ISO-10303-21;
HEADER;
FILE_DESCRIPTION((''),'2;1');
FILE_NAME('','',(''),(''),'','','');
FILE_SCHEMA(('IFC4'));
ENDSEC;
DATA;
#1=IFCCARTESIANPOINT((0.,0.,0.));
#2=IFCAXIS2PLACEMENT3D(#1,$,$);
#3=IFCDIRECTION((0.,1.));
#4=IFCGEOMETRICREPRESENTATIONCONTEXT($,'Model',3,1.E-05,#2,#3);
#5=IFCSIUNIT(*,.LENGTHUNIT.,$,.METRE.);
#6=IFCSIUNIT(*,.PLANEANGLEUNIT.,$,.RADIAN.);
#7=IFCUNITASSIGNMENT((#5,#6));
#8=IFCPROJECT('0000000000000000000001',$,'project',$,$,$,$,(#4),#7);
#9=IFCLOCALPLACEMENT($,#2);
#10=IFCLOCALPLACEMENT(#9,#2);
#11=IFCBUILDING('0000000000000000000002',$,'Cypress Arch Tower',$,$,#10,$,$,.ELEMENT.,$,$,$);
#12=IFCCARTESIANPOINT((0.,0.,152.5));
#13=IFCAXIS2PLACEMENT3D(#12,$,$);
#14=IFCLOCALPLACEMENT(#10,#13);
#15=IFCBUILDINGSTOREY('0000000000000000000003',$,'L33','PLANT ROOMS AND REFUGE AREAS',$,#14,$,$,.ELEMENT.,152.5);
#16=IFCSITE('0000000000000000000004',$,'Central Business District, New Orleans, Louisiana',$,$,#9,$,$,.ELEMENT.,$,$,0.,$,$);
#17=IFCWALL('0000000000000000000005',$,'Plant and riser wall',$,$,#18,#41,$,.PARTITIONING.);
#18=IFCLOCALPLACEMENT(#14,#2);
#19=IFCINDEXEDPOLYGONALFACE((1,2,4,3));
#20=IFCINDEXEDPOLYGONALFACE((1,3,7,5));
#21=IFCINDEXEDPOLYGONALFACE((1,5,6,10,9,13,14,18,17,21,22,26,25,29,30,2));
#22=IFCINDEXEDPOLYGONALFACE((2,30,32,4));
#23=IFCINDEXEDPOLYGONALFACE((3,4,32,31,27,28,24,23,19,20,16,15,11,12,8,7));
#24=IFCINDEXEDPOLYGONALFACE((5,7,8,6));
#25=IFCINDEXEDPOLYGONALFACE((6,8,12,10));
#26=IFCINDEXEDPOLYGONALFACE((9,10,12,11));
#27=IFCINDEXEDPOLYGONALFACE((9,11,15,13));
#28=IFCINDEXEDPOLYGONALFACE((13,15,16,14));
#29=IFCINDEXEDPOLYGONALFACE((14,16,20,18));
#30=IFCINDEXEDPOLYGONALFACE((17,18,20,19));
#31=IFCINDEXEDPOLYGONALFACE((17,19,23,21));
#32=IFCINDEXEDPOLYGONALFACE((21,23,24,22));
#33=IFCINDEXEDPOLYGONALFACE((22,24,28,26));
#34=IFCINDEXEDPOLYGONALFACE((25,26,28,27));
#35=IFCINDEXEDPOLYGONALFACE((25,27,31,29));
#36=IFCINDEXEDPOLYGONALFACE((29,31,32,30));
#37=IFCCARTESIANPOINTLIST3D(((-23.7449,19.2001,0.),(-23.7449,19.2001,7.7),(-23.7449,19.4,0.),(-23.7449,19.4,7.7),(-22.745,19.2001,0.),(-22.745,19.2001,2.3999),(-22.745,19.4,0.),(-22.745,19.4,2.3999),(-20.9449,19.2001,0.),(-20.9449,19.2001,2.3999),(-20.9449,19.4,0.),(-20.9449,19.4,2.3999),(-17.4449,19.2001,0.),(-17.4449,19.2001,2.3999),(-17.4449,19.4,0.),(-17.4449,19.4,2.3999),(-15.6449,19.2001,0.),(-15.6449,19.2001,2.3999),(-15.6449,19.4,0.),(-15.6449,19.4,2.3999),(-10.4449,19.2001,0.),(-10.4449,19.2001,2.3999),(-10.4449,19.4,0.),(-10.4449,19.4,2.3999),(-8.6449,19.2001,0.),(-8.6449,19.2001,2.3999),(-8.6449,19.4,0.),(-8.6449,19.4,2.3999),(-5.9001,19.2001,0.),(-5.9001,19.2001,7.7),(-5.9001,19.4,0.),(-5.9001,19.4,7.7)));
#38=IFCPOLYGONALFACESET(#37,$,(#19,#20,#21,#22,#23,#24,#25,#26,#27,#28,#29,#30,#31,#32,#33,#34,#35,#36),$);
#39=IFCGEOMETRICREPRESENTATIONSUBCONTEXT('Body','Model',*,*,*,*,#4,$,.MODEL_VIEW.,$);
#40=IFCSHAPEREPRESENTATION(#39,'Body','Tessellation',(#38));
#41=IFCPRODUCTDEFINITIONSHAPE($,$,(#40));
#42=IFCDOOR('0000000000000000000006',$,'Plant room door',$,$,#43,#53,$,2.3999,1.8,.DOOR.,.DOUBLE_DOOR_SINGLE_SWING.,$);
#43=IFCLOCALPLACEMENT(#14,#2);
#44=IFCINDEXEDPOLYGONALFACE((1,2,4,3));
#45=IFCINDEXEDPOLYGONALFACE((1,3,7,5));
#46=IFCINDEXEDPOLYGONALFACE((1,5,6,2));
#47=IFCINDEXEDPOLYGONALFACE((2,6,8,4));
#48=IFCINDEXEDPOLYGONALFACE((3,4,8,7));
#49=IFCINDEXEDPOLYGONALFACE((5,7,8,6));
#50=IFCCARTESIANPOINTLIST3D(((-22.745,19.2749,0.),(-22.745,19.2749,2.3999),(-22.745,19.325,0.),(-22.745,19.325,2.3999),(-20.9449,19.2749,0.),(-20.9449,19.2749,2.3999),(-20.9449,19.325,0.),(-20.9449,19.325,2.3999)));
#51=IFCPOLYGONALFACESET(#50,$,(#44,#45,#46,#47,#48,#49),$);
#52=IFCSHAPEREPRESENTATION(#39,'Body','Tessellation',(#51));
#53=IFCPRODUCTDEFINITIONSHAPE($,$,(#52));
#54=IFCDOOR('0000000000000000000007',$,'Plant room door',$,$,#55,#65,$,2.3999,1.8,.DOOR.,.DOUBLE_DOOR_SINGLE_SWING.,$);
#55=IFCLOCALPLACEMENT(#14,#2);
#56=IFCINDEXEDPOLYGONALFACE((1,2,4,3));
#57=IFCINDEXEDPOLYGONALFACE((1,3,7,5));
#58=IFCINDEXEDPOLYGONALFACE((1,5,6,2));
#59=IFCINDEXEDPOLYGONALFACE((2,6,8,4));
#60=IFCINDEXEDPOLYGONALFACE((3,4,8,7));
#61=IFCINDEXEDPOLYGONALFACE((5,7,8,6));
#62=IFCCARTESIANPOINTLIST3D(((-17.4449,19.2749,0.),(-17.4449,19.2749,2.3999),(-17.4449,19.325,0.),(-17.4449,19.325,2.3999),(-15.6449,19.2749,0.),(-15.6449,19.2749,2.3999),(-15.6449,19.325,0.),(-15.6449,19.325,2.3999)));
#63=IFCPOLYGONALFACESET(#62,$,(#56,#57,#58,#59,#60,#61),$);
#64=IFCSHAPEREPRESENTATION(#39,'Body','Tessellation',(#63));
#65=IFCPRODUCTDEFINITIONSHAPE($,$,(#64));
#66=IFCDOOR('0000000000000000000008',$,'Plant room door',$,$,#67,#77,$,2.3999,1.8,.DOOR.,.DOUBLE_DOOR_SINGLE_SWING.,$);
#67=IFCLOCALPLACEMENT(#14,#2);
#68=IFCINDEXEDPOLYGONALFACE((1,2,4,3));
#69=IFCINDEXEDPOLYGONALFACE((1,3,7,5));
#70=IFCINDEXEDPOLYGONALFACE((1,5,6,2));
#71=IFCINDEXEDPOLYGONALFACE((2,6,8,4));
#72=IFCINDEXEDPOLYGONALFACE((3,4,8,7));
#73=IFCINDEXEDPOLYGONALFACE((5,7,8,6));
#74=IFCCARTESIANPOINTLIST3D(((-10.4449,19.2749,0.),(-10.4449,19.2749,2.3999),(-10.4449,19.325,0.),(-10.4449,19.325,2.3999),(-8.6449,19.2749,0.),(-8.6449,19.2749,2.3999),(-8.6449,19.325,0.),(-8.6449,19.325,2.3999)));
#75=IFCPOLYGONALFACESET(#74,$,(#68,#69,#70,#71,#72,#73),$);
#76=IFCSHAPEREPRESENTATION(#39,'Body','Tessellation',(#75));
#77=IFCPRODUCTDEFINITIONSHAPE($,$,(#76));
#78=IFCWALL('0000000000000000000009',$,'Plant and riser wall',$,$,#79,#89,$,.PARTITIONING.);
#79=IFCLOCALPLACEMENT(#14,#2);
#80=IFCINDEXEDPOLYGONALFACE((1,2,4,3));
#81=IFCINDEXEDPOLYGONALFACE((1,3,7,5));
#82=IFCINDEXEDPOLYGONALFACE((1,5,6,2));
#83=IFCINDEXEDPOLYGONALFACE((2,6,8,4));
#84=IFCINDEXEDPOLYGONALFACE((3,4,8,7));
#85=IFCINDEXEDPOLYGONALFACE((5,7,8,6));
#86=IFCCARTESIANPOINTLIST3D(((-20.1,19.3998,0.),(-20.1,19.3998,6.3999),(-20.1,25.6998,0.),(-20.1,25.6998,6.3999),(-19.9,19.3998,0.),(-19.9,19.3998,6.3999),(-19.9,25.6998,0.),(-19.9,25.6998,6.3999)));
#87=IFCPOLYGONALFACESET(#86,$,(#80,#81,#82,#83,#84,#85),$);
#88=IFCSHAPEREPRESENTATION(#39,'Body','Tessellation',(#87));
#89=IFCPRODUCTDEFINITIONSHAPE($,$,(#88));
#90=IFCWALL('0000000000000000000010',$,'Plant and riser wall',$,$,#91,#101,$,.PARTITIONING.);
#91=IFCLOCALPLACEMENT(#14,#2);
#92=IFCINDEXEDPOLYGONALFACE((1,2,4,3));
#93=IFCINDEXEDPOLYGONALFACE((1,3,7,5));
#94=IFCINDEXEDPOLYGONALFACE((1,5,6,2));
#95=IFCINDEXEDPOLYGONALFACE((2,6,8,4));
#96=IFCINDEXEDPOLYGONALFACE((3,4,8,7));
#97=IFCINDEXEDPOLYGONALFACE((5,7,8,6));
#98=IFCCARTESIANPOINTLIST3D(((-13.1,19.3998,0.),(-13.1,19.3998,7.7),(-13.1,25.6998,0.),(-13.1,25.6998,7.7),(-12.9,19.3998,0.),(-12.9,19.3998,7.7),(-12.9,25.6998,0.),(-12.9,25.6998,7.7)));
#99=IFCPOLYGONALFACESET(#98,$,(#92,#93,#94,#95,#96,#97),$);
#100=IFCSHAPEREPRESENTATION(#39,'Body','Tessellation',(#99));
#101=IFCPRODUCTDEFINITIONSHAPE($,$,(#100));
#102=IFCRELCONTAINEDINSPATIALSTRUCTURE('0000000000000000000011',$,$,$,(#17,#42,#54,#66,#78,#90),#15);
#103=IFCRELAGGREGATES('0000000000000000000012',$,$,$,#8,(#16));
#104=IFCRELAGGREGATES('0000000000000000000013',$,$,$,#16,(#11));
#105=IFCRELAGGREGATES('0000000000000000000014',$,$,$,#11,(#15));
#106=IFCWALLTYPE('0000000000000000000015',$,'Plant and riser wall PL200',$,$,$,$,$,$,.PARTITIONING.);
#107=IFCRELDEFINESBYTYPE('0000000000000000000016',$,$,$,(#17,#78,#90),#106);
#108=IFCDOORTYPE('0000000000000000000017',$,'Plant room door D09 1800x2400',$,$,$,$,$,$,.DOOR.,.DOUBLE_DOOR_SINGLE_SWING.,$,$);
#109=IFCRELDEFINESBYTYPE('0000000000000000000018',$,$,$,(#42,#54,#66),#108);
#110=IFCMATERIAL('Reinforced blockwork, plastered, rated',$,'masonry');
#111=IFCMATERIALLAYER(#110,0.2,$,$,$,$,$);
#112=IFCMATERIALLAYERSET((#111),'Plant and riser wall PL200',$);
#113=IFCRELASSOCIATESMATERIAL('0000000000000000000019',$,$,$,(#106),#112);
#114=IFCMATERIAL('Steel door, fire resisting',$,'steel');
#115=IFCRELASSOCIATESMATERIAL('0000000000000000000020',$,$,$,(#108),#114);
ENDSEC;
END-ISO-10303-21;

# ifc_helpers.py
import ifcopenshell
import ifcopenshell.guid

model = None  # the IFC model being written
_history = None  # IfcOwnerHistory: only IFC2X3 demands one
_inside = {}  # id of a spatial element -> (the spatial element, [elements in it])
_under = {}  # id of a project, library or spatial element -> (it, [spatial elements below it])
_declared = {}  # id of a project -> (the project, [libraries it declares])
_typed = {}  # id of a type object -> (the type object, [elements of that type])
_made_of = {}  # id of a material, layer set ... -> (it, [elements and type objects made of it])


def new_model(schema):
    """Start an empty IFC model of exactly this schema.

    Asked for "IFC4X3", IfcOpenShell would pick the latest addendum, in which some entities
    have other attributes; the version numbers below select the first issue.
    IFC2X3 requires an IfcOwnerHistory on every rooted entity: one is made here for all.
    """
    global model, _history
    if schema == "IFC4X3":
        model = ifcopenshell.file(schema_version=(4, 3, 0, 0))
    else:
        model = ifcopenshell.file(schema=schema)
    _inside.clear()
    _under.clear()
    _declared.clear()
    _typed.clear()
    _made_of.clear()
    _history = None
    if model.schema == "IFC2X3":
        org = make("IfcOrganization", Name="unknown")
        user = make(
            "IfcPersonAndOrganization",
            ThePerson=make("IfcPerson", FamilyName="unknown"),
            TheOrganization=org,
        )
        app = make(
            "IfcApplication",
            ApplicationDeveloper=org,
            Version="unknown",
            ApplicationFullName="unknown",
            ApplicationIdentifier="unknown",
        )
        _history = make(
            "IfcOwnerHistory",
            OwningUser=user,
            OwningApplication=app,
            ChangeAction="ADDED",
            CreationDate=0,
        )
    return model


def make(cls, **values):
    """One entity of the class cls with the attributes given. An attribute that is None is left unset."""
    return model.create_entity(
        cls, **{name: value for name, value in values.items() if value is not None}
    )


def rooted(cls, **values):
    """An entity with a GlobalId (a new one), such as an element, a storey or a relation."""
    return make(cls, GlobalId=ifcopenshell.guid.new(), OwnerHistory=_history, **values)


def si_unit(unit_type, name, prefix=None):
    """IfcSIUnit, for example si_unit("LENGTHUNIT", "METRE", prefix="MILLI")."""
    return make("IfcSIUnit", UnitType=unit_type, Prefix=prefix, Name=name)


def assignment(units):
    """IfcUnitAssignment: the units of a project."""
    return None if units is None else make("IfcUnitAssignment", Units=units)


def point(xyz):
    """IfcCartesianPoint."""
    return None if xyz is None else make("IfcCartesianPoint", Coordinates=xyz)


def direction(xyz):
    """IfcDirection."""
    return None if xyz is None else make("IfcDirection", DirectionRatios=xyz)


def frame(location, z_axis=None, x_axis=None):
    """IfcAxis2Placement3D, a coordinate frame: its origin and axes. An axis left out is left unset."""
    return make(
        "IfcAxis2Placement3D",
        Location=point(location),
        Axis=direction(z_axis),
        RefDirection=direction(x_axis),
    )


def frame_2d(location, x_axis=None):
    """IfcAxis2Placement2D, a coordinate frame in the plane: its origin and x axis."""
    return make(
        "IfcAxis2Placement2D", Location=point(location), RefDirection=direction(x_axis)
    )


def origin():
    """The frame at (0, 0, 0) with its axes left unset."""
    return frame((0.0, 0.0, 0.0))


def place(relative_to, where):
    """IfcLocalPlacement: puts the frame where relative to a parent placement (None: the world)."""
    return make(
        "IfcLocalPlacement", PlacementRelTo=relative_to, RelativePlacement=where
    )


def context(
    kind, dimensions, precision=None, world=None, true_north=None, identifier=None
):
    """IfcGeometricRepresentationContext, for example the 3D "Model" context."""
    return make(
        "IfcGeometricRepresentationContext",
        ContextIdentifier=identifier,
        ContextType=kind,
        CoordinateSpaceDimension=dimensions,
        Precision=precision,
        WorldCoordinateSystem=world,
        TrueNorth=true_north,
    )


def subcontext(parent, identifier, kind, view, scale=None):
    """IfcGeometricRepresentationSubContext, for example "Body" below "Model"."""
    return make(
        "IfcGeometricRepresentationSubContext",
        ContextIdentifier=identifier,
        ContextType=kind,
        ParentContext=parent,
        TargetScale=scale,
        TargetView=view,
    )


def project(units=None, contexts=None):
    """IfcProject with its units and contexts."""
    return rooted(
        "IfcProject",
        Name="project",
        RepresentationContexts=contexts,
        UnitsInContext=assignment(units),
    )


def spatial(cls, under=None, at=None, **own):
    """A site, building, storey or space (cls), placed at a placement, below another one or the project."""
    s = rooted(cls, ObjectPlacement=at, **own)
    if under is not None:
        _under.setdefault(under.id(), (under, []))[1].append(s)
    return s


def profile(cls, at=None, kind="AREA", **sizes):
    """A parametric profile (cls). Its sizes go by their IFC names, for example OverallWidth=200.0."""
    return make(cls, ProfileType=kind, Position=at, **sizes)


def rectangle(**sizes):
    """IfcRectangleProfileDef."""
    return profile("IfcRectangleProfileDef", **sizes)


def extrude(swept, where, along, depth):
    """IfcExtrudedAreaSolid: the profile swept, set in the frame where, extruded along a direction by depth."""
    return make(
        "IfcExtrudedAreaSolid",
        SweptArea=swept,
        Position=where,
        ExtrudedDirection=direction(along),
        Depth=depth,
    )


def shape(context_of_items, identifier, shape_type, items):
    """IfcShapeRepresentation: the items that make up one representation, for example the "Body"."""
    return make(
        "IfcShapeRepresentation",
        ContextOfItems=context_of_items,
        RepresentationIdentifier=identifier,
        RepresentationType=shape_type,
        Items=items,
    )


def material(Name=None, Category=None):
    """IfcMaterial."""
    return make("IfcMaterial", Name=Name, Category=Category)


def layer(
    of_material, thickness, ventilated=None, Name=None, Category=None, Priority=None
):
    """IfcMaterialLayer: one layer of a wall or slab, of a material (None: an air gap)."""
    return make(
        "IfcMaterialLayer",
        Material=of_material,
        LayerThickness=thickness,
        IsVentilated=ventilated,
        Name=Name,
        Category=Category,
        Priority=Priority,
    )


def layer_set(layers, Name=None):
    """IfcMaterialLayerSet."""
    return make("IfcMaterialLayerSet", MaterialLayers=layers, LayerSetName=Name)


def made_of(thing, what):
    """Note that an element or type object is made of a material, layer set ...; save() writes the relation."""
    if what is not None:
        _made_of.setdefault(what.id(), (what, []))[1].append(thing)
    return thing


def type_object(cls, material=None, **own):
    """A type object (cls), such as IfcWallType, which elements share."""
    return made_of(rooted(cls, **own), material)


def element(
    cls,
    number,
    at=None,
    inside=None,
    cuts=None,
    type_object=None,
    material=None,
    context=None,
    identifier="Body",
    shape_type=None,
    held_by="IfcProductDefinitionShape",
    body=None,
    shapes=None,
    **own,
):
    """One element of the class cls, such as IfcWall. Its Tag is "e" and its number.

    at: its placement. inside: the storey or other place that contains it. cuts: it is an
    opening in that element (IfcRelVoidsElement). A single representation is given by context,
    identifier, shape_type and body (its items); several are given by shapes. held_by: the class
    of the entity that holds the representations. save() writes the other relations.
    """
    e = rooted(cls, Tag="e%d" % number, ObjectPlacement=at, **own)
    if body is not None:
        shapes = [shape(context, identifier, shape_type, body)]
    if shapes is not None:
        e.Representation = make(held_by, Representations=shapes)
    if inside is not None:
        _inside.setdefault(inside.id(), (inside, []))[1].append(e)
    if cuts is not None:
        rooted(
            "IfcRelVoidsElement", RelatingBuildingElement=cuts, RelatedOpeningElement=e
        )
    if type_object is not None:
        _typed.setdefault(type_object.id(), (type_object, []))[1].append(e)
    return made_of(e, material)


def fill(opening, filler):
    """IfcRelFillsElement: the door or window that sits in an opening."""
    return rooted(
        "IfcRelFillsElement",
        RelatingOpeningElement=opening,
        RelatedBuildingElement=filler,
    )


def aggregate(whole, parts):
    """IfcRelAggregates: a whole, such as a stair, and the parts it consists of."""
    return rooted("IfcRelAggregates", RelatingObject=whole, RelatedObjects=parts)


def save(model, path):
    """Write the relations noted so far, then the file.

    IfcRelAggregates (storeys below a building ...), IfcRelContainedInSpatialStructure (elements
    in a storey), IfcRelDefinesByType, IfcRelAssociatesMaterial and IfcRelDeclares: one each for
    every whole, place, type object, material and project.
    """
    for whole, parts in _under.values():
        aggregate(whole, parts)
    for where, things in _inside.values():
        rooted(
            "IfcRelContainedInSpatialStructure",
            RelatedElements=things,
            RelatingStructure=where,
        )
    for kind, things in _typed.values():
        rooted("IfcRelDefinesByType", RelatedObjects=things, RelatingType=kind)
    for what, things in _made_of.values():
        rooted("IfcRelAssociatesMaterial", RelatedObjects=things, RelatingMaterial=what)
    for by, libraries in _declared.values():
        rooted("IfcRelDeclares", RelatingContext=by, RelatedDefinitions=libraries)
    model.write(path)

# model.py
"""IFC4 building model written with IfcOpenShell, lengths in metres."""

from ifc_helpers import new_model, si_unit, direction, frame, frame_2d, origin, place, context, subcontext, project, spatial, rectangle, extrude, material, layer, layer_set, type_object, element, fill, save


model = new_model("IFC4")

# Units and contexts
model_context = context("Model", 3, precision=1e-05, world=origin(), true_north=direction((0.0, 1.0)))
body_context = subcontext(model_context, "Body", "Model", "MODEL_VIEW")
ifc_project = project(units=[si_unit("LENGTHUNIT", "METRE"), si_unit("PLANEANGLEUNIT", "RADIAN")], contexts=[model_context])

# Site, building, storey
site_placement = place(None, origin())
site = spatial("IfcSite", under=ifc_project, at=site_placement, Name="Central Business District, New Orleans, Louisiana", CompositionType="ELEMENT", RefElevation=0.0)
building_placement = place(site_placement, origin())
building = spatial("IfcBuilding", under=site, at=building_placement, Name="Cypress Arch Tower", CompositionType="ELEMENT")
storey_placement = place(building_placement, frame((0.0, 0.0, 152.5)))
storey = spatial("IfcBuildingStorey", under=building, at=storey_placement, Name="L33", Description="PLANT ROOMS AND REFUGE AREAS", CompositionType="ELEMENT", Elevation=152.5)

# Shared definitions
ifc_material_1 = material(Name="Reinforced blockwork, plastered, rated", Category="masonry")
ifc_layer_1 = layer(ifc_material_1, 0.2)
ifc_layer_set_1 = layer_set([ifc_layer_1], Name="Plant and riser wall PL200")
wall_type_1 = type_object("IfcWallType", Name="Plant and riser wall PL200", PredefinedType="PARTITIONING", material=ifc_layer_set_1)

# Wall, openings, doors
wall_1_placement = place(storey_placement, frame((-23.7449, 19.3, 0.0), z_axis=(0.0, 0.0, 1.0), x_axis=(1.0, 0.0, 0.0)))
wall_1 = element("IfcWall", 1, at=wall_1_placement, inside=storey, type_object=wall_type_1, Name="Plant and riser wall", PredefinedType="PARTITIONING", context=body_context, shape_type="SweptSolid", body=[
    extrude(rectangle(XDim=17.8447, YDim=0.2, at=frame_2d((8.9224, 0.0))), origin(), (0.0, 0.0, 1.0), 7.7),
])
opening_1_placement = place(wall_1_placement, frame((1.0, 0.0, 0.0)))
opening_1 = element("IfcOpeningElement", 2, at=opening_1_placement, cuts=wall_1, PredefinedType="OPENING", context=body_context, shape_type="SweptSolid", body=[
    extrude(rectangle(XDim=1.8, YDim=2.3999, at=frame_2d((0.8999, 1.2))), frame((0.0, 0.1099, 0.0), z_axis=(0.0, -1.0, 0.0), x_axis=(1.0, 0.0, 0.0)), (0.0, 0.0, 1.0), 0.22),
])
opening_2_placement = place(wall_1_placement, frame((6.3, 0.0, 0.0)))
opening_2 = element("IfcOpeningElement", 3, at=opening_2_placement, cuts=wall_1, PredefinedType="OPENING", context=body_context, shape_type="SweptSolid", body=[
    extrude(rectangle(XDim=1.8, YDim=2.3999, at=frame_2d((0.8999, 1.2))), frame((0.0, 0.1099, 0.0), z_axis=(0.0, -1.0, 0.0), x_axis=(1.0, 0.0, 0.0)), (0.0, 0.0, 1.0), 0.22),
])
opening_3_placement = place(wall_1_placement, frame((13.3, 0.0, 0.0)))
opening_3 = element("IfcOpeningElement", 4, at=opening_3_placement, cuts=wall_1, PredefinedType="OPENING", context=body_context, shape_type="SweptSolid", body=[
    extrude(rectangle(XDim=1.8, YDim=2.3999, at=frame_2d((0.8999, 1.2))), frame((0.0, 0.1099, 0.0), z_axis=(0.0, -1.0, 0.0), x_axis=(1.0, 0.0, 0.0)), (0.0, 0.0, 1.0), 0.22),
])
ifc_material_2 = material(Name="Steel door, fire resisting", Category="steel")
door_type_1 = type_object("IfcDoorType", Name="Plant room door D09 1800x2400", OperationType="DOUBLE_DOOR_SINGLE_SWING", PredefinedType="DOOR", material=ifc_material_2)
door_1_placement = place(opening_1_placement, origin())
door_1 = element("IfcDoor", 5, at=door_1_placement, inside=storey, type_object=door_type_1, Name="Plant room door", OperationType="DOUBLE_DOOR_SINGLE_SWING", OverallHeight=2.3999, OverallWidth=1.8, PredefinedType="DOOR", context=body_context, shape_type="SweptSolid", body=[
    extrude(rectangle(XDim=1.8, YDim=2.3999, at=frame_2d((0.8999, 1.2))), frame((0.0, 0.0249, 0.0), z_axis=(0.0, -1.0, 0.0), x_axis=(1.0, 0.0, 0.0)), (0.0, 0.0, 1.0), 0.05),
])
fill(opening_1, door_1)
door_2_placement = place(opening_2_placement, origin())
door_2 = element("IfcDoor", 6, at=door_2_placement, inside=storey, type_object=door_type_1, Name="Plant room door", OperationType="DOUBLE_DOOR_SINGLE_SWING", OverallHeight=2.3999, OverallWidth=1.8, PredefinedType="DOOR", context=body_context, shape_type="SweptSolid", body=[
    extrude(rectangle(XDim=1.8, YDim=2.3999, at=frame_2d((0.8999, 1.2))), frame((0.0, 0.0249, 0.0), z_axis=(0.0, -1.0, 0.0), x_axis=(1.0, 0.0, 0.0)), (0.0, 0.0, 1.0), 0.05),
])
fill(opening_2, door_2)
door_3_placement = place(opening_3_placement, origin())
door_3 = element("IfcDoor", 7, at=door_3_placement, inside=storey, type_object=door_type_1, Name="Plant room door", OperationType="DOUBLE_DOOR_SINGLE_SWING", OverallHeight=2.3999, OverallWidth=1.8, PredefinedType="DOOR", context=body_context, shape_type="SweptSolid", body=[
    extrude(rectangle(XDim=1.8, YDim=2.3999, at=frame_2d((0.8999, 1.2))), frame((0.0, 0.0249, 0.0), z_axis=(0.0, -1.0, 0.0), x_axis=(1.0, 0.0, 0.0)), (0.0, 0.0, 1.0), 0.05),
])
fill(opening_3, door_3)

# Walls
wall_2_placement = place(storey_placement, frame((-20.0, 19.3999, 0.0), z_axis=(0.0, 0.0, 1.0), x_axis=(0.0, 1.0, 0.0)))
element("IfcWall", 8, at=wall_2_placement, inside=storey, type_object=wall_type_1, Name="Plant and riser wall", PredefinedType="PARTITIONING", context=body_context, shape_type="SweptSolid", body=[
    extrude(rectangle(XDim=6.3, YDim=0.2, at=frame_2d((3.1499, 0.0))), origin(), (0.0, 0.0, 1.0), 6.3999),
])
wall_3_placement = place(storey_placement, frame((-13.0, 19.3999, 0.0), z_axis=(0.0, 0.0, 1.0), x_axis=(0.0, 1.0, 0.0)))
element("IfcWall", 9, at=wall_3_placement, inside=storey, type_object=wall_type_1, Name="Plant and riser wall", PredefinedType="PARTITIONING", context=body_context, shape_type="SweptSolid", body=[
    extrude(rectangle(XDim=6.3, YDim=0.2, at=frame_2d((3.1499, 0.0))), origin(), (0.0, 0.0, 1.0), 7.7),
])

save(model, "model.ifc")
